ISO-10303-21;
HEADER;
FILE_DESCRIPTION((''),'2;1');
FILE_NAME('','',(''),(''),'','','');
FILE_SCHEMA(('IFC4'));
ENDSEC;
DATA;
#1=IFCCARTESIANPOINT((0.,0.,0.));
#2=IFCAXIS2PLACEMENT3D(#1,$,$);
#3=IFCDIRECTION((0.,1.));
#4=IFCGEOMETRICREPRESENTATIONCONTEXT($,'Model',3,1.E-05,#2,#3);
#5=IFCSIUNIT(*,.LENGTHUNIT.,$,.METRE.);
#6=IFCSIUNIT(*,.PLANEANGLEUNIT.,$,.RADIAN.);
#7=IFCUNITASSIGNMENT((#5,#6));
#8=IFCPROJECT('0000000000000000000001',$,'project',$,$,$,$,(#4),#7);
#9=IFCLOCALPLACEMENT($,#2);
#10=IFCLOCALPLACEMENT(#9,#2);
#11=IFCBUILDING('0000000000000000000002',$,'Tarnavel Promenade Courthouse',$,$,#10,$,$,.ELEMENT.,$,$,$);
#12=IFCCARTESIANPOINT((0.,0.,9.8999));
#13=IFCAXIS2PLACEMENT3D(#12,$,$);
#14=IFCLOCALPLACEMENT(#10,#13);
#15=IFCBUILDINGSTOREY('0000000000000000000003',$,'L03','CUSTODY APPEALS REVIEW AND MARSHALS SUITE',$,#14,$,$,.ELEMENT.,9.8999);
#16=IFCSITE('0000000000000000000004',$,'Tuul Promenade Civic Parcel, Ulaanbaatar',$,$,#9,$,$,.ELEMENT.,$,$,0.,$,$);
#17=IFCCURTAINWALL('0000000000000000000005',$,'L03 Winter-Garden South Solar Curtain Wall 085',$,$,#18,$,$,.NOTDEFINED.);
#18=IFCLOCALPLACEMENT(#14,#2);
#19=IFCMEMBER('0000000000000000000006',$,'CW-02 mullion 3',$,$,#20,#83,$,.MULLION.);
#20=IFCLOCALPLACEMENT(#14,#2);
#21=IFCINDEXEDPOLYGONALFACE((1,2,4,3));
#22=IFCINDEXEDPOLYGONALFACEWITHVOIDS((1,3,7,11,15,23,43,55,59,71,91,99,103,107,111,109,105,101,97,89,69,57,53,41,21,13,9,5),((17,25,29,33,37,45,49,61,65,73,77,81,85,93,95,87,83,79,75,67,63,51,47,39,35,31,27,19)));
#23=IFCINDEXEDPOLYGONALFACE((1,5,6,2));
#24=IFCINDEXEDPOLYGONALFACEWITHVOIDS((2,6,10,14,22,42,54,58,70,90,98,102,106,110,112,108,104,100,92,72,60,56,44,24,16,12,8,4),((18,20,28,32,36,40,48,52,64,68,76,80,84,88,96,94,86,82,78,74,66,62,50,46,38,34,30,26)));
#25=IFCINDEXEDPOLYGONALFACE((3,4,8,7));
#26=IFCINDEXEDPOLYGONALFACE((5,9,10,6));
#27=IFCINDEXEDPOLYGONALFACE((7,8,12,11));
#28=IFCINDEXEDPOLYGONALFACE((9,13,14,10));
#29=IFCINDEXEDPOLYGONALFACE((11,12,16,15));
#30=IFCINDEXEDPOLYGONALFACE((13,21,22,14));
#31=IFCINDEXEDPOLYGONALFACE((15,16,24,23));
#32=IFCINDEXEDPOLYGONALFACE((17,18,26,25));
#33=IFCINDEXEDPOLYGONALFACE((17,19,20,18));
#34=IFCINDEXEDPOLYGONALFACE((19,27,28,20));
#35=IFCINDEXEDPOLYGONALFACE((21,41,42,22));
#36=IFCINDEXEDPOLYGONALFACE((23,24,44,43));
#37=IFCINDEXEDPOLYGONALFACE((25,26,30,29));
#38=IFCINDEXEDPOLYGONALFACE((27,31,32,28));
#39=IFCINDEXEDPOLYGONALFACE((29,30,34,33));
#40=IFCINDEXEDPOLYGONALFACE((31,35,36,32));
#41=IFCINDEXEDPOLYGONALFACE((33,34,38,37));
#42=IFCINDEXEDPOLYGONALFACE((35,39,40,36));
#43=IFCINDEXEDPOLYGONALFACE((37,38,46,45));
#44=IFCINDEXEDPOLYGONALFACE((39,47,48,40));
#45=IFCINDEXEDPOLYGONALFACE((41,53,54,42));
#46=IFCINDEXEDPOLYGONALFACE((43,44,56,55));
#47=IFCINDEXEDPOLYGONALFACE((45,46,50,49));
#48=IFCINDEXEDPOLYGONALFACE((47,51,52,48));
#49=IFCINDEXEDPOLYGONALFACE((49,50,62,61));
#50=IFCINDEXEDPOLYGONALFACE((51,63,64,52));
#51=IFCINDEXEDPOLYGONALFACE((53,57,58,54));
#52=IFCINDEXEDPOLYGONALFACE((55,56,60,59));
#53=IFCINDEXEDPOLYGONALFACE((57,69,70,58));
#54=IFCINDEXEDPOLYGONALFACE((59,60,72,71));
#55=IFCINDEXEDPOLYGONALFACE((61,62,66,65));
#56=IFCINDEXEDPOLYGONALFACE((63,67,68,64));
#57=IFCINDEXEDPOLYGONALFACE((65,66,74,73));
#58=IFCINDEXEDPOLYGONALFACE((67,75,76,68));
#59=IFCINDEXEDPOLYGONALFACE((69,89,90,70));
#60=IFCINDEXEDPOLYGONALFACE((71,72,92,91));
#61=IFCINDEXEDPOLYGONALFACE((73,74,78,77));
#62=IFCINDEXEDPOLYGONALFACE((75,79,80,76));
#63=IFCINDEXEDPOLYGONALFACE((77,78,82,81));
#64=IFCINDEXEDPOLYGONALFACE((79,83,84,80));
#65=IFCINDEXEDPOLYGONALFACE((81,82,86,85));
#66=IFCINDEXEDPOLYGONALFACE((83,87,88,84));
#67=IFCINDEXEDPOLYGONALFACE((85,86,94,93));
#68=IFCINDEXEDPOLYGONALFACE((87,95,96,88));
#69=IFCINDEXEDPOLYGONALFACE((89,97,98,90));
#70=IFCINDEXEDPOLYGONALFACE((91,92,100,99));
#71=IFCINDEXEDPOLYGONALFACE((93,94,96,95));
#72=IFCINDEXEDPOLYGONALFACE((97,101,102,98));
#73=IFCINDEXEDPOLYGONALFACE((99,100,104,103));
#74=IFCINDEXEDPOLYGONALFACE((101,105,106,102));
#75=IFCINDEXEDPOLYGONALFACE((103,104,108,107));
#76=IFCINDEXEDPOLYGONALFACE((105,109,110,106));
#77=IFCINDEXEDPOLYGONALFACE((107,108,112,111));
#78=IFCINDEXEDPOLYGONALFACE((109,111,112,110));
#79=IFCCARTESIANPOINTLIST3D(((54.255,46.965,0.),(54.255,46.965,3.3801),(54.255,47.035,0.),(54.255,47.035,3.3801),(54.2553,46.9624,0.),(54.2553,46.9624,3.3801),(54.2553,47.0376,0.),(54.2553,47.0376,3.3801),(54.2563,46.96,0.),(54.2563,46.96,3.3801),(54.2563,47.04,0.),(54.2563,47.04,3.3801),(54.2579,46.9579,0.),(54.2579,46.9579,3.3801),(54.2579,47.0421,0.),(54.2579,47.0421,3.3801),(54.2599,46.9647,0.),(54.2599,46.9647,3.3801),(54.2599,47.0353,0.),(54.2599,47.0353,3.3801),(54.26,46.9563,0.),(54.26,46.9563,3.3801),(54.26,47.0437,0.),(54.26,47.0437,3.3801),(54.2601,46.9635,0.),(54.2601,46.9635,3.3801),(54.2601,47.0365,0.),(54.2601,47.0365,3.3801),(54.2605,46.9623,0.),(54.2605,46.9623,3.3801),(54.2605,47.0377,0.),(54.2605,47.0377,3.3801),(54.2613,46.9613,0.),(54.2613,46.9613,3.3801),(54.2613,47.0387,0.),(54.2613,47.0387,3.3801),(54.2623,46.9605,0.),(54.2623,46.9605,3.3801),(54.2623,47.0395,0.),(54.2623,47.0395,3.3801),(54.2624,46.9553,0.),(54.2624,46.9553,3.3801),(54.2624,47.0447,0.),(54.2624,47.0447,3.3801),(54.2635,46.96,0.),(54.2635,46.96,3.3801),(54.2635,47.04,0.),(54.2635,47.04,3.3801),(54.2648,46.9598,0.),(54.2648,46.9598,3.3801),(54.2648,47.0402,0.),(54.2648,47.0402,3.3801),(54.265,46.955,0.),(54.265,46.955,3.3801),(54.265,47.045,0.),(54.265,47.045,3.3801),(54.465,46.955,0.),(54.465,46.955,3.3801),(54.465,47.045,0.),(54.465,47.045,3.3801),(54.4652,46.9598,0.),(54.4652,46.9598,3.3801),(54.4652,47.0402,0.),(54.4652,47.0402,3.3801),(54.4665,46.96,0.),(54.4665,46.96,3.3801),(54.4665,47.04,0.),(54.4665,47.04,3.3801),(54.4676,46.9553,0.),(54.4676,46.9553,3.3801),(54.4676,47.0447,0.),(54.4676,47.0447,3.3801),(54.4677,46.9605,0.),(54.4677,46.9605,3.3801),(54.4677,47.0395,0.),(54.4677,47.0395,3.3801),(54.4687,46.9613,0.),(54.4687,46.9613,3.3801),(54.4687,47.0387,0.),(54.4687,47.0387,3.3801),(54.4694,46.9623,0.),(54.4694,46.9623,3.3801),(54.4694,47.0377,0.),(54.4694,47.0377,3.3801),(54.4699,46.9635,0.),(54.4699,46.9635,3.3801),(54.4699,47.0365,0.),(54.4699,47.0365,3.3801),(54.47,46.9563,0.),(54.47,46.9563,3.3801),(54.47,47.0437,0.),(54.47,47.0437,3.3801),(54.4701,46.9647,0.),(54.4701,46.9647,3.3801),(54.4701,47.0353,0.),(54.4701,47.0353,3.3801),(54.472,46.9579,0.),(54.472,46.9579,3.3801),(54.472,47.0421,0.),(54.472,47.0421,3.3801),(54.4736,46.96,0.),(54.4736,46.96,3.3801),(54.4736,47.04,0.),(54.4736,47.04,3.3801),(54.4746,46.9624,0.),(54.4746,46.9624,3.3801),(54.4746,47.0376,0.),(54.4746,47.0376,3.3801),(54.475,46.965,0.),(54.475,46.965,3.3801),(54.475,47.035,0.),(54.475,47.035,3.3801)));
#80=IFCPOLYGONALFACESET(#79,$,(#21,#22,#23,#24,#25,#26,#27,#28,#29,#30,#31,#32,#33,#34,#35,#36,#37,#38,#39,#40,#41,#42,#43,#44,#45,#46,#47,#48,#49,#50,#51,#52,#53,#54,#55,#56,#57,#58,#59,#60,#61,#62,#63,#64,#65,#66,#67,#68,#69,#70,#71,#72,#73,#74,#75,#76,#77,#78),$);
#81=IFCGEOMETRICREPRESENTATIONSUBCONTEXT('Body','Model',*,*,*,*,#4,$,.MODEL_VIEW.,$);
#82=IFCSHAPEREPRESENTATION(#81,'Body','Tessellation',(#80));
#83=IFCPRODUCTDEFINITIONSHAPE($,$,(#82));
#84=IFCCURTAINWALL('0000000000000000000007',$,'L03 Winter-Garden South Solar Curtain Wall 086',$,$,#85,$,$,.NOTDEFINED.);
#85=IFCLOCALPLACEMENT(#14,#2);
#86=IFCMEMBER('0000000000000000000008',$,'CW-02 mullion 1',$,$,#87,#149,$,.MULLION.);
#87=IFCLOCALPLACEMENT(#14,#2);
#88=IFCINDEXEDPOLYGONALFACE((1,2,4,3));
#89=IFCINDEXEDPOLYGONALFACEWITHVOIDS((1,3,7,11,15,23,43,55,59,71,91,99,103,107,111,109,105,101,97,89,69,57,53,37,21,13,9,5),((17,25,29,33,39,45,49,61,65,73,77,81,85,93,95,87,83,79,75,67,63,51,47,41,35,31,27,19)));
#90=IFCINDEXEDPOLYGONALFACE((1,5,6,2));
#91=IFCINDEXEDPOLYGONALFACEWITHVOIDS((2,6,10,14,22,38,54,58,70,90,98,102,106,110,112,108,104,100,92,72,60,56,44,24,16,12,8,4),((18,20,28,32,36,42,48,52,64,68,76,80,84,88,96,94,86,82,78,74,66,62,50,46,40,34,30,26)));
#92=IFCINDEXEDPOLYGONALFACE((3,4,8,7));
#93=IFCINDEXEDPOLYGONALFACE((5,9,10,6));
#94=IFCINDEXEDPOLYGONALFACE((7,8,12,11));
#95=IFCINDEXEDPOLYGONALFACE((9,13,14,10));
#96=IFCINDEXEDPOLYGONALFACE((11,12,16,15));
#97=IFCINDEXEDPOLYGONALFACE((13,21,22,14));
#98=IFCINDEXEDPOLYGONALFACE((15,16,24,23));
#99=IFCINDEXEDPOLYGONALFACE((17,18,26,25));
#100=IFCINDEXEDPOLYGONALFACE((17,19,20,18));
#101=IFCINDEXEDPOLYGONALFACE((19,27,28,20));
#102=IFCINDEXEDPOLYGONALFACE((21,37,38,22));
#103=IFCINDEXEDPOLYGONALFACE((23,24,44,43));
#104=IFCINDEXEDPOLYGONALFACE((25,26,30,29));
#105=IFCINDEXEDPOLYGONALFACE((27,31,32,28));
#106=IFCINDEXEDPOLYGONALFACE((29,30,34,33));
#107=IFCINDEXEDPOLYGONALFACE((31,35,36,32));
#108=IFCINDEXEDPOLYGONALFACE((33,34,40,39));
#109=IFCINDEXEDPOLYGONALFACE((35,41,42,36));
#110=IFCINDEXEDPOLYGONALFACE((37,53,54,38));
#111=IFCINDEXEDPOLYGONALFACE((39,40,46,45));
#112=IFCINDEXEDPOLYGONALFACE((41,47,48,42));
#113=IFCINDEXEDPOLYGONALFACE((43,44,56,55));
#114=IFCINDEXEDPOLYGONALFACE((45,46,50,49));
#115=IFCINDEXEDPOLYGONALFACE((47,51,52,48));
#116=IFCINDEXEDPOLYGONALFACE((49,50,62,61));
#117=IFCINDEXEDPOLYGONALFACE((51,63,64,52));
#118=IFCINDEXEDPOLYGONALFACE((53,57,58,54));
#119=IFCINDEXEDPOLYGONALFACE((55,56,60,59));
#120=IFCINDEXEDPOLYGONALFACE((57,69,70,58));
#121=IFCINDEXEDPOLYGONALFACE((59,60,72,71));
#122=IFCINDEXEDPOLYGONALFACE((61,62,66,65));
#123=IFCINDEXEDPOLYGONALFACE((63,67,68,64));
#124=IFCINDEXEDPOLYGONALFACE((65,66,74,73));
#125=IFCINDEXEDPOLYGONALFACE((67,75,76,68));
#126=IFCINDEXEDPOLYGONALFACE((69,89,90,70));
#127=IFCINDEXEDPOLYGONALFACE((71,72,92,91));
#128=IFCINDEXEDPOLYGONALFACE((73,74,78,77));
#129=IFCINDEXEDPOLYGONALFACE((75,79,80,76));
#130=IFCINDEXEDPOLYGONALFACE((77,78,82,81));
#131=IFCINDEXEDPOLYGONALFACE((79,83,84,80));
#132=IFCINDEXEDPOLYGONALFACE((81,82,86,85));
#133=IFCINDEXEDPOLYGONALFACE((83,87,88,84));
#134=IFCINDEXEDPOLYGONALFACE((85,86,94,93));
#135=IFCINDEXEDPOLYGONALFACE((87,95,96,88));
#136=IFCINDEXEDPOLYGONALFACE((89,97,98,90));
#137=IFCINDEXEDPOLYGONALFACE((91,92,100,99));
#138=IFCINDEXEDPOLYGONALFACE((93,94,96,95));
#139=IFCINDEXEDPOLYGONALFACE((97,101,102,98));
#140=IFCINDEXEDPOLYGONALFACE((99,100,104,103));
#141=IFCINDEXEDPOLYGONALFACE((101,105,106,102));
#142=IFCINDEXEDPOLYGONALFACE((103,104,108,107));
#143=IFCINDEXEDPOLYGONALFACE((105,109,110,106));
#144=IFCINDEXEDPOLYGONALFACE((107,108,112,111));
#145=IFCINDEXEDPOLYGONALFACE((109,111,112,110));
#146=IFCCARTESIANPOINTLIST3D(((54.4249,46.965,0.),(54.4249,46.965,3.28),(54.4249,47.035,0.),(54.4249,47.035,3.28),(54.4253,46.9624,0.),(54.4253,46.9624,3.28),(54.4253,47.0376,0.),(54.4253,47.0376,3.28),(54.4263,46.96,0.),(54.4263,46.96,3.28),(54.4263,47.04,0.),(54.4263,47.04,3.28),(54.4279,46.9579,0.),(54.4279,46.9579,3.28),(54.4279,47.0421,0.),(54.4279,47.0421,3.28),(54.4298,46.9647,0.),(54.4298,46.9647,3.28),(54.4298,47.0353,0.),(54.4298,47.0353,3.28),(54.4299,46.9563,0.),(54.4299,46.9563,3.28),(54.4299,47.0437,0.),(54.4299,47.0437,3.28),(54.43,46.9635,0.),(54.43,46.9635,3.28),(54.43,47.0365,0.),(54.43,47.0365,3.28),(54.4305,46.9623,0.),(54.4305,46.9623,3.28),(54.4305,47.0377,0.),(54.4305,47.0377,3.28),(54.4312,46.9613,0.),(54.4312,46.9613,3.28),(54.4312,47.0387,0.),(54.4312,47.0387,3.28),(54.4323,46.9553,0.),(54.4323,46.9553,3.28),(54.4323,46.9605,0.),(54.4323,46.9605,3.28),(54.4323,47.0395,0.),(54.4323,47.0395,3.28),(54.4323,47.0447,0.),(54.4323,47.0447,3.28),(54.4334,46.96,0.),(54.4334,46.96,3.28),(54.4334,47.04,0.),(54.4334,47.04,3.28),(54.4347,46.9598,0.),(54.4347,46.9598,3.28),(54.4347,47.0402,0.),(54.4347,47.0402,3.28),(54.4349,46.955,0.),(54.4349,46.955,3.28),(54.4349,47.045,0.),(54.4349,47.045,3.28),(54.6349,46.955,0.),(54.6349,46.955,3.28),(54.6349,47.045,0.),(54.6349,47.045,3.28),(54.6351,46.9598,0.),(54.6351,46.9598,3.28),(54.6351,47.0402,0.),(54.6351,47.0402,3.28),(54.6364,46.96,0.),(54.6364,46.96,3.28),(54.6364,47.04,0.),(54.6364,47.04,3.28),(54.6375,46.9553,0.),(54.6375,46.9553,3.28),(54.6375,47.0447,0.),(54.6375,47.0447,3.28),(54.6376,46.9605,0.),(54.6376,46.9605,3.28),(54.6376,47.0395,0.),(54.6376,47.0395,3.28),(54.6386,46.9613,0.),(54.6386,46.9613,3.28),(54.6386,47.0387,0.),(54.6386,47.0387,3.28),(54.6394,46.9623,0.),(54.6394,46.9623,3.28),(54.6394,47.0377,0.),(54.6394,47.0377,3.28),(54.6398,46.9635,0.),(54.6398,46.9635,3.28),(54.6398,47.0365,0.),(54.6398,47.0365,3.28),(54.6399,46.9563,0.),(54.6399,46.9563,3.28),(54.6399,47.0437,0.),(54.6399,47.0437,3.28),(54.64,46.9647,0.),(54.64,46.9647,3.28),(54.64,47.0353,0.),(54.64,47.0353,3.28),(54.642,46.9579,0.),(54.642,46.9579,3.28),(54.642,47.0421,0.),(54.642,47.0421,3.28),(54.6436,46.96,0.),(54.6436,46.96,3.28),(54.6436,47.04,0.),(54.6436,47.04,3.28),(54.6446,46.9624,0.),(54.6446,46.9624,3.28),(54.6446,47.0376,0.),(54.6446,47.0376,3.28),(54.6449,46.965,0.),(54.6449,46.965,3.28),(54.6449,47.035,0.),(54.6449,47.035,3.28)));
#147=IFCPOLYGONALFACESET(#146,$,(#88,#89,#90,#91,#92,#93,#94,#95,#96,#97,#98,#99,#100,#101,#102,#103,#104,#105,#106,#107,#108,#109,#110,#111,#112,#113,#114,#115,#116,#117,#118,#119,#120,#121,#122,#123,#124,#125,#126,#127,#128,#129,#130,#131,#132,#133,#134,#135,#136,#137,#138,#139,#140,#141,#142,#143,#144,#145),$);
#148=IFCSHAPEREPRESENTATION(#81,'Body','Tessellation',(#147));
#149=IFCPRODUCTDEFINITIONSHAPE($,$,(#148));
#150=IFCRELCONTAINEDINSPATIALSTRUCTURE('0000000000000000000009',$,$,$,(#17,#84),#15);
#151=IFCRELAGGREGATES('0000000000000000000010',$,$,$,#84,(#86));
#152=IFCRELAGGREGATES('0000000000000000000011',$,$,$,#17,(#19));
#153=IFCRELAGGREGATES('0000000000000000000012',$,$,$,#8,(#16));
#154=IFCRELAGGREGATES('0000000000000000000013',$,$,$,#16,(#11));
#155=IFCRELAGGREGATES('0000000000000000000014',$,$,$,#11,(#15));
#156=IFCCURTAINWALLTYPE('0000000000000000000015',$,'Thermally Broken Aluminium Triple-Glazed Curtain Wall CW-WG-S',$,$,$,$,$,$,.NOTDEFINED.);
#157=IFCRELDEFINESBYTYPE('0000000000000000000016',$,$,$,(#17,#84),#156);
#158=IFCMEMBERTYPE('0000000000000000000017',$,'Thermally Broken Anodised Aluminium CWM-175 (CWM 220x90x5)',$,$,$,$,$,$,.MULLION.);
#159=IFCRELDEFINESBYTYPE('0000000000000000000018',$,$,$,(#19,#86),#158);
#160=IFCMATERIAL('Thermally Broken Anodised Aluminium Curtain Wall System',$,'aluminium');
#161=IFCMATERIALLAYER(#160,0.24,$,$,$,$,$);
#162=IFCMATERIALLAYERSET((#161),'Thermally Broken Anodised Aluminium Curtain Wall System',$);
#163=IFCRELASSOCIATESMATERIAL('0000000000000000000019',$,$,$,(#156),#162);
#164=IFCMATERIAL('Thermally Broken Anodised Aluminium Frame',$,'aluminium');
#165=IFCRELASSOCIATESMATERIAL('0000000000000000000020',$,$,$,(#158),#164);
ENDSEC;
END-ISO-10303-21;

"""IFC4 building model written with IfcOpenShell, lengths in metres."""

from ifc_helpers import new_model, si_unit, direction, frame, origin, origin_2d, place, context, subcontext, project, spatial, hollow_rectangle, extrude, material, layer, layer_set, material_profile, profile_set, type_object, element, aggregate, save


model = new_model("IFC4")

# Units and contexts
model_context = context("Model", 3, precision=1e-05, world=origin(), true_north=direction((0.0, 1.0)))
body_context = subcontext(model_context, "Body", "Model", "MODEL_VIEW")
ifc_project = project(units=[si_unit("LENGTHUNIT", "METRE"), si_unit("PLANEANGLEUNIT", "RADIAN")], contexts=[model_context])

# Site, building, storey
site_placement = place(None, origin())
site = spatial("IfcSite", under=ifc_project, at=site_placement, Name="Tuul Promenade Civic Parcel, Ulaanbaatar", CompositionType="ELEMENT", RefElevation=0.0)
building_placement = place(site_placement, origin())
building = spatial("IfcBuilding", under=site, at=building_placement, Name="Tarnavel Promenade Courthouse", CompositionType="ELEMENT")
storey_placement = place(building_placement, frame((0.0, 0.0, 9.8999)))
storey = spatial("IfcBuildingStorey", under=building, at=storey_placement, Name="L03", Description="CUSTODY APPEALS REVIEW AND MARSHALS SUITE", CompositionType="ELEMENT", Elevation=9.8999)

# Shared definitions
ifc_material_1 = material(Name="Thermally Broken Anodised Aluminium Curtain Wall System", Category="aluminium")
ifc_layer_1 = layer(ifc_material_1, 0.24)
ifc_layer_set_1 = layer_set([ifc_layer_1], Name="Thermally Broken Anodised Aluminium Curtain Wall System")
curtain_wall_type = type_object("IfcCurtainWallType", Name="Thermally Broken Aluminium Triple-Glazed Curtain Wall CW-WG-S", PredefinedType="NOTDEFINED", material=ifc_layer_set_1)
ifc_material_2 = material(Name="Thermally Broken Anodised Aluminium Frame", Category="aluminium")
ifc_material_profile_1 = material_profile(ifc_material_2, hollow_rectangle(XDim=0.0901, YDim=0.22, WallThickness=0.0049, InnerFilletRadius=0.0049, OuterFilletRadius=0.01, at=origin_2d()), Name="CWM 220x90x5")
ifc_profile_set_1 = profile_set([ifc_material_profile_1], Name="Thermally Broken Anodised Aluminium Frame")
member_type_1 = type_object("IfcMemberType", Name="Thermally Broken Anodised Aluminium CWM-175 (CWM 220x90x5)", PredefinedType="MULLION", material=ifc_profile_set_1)

# Curtain wall, member
curtain_wall_1_placement = place(storey_placement, origin())
curtain_wall_1 = element("IfcCurtainWall", 1, at=curtain_wall_1_placement, inside=storey, type_object=curtain_wall_type, Name="L03 Winter-Garden South Solar Curtain Wall 085", PredefinedType="NOTDEFINED")
member_1_placement = place(storey_placement, frame((54.365, 47.0, 0.0), z_axis=(0.0, 0.0, 1.0), x_axis=(0.0, 1.0, 0.0)))
member_1 = element("IfcMember", 2, at=member_1_placement, type_object=member_type_1, Name="CW-02 mullion 3", PredefinedType="MULLION", context=body_context, shape_type="SweptSolid", body=[
    extrude(hollow_rectangle(XDim=0.0901, YDim=0.22, WallThickness=0.0049, InnerFilletRadius=0.0049, OuterFilletRadius=0.01, at=origin_2d()), origin(), (0.0, 0.0, 1.0), 3.3801),
])

# Curtain wall, member
curtain_wall_2_placement = place(storey_placement, origin())
curtain_wall_2 = element("IfcCurtainWall", 3, at=curtain_wall_2_placement, inside=storey, type_object=curtain_wall_type, Name="L03 Winter-Garden South Solar Curtain Wall 086", PredefinedType="NOTDEFINED")
member_2_placement = place(storey_placement, frame((54.5349, 47.0, 0.0), z_axis=(0.0, 0.0, 1.0), x_axis=(0.0, 1.0, 0.0)))
member_2 = element("IfcMember", 4, at=member_2_placement, type_object=member_type_1, Name="CW-02 mullion 1", PredefinedType="MULLION", context=body_context, shape_type="SweptSolid", body=[
    extrude(hollow_rectangle(XDim=0.0901, YDim=0.22, WallThickness=0.0049, InnerFilletRadius=0.0049, OuterFilletRadius=0.01, at=origin_2d()), origin(), (0.0, 0.0, 1.0), 3.28),
])

aggregate(curtain_wall_2, [member_2])

aggregate(curtain_wall_1, [member_1])

save(model, "model.ifc")
